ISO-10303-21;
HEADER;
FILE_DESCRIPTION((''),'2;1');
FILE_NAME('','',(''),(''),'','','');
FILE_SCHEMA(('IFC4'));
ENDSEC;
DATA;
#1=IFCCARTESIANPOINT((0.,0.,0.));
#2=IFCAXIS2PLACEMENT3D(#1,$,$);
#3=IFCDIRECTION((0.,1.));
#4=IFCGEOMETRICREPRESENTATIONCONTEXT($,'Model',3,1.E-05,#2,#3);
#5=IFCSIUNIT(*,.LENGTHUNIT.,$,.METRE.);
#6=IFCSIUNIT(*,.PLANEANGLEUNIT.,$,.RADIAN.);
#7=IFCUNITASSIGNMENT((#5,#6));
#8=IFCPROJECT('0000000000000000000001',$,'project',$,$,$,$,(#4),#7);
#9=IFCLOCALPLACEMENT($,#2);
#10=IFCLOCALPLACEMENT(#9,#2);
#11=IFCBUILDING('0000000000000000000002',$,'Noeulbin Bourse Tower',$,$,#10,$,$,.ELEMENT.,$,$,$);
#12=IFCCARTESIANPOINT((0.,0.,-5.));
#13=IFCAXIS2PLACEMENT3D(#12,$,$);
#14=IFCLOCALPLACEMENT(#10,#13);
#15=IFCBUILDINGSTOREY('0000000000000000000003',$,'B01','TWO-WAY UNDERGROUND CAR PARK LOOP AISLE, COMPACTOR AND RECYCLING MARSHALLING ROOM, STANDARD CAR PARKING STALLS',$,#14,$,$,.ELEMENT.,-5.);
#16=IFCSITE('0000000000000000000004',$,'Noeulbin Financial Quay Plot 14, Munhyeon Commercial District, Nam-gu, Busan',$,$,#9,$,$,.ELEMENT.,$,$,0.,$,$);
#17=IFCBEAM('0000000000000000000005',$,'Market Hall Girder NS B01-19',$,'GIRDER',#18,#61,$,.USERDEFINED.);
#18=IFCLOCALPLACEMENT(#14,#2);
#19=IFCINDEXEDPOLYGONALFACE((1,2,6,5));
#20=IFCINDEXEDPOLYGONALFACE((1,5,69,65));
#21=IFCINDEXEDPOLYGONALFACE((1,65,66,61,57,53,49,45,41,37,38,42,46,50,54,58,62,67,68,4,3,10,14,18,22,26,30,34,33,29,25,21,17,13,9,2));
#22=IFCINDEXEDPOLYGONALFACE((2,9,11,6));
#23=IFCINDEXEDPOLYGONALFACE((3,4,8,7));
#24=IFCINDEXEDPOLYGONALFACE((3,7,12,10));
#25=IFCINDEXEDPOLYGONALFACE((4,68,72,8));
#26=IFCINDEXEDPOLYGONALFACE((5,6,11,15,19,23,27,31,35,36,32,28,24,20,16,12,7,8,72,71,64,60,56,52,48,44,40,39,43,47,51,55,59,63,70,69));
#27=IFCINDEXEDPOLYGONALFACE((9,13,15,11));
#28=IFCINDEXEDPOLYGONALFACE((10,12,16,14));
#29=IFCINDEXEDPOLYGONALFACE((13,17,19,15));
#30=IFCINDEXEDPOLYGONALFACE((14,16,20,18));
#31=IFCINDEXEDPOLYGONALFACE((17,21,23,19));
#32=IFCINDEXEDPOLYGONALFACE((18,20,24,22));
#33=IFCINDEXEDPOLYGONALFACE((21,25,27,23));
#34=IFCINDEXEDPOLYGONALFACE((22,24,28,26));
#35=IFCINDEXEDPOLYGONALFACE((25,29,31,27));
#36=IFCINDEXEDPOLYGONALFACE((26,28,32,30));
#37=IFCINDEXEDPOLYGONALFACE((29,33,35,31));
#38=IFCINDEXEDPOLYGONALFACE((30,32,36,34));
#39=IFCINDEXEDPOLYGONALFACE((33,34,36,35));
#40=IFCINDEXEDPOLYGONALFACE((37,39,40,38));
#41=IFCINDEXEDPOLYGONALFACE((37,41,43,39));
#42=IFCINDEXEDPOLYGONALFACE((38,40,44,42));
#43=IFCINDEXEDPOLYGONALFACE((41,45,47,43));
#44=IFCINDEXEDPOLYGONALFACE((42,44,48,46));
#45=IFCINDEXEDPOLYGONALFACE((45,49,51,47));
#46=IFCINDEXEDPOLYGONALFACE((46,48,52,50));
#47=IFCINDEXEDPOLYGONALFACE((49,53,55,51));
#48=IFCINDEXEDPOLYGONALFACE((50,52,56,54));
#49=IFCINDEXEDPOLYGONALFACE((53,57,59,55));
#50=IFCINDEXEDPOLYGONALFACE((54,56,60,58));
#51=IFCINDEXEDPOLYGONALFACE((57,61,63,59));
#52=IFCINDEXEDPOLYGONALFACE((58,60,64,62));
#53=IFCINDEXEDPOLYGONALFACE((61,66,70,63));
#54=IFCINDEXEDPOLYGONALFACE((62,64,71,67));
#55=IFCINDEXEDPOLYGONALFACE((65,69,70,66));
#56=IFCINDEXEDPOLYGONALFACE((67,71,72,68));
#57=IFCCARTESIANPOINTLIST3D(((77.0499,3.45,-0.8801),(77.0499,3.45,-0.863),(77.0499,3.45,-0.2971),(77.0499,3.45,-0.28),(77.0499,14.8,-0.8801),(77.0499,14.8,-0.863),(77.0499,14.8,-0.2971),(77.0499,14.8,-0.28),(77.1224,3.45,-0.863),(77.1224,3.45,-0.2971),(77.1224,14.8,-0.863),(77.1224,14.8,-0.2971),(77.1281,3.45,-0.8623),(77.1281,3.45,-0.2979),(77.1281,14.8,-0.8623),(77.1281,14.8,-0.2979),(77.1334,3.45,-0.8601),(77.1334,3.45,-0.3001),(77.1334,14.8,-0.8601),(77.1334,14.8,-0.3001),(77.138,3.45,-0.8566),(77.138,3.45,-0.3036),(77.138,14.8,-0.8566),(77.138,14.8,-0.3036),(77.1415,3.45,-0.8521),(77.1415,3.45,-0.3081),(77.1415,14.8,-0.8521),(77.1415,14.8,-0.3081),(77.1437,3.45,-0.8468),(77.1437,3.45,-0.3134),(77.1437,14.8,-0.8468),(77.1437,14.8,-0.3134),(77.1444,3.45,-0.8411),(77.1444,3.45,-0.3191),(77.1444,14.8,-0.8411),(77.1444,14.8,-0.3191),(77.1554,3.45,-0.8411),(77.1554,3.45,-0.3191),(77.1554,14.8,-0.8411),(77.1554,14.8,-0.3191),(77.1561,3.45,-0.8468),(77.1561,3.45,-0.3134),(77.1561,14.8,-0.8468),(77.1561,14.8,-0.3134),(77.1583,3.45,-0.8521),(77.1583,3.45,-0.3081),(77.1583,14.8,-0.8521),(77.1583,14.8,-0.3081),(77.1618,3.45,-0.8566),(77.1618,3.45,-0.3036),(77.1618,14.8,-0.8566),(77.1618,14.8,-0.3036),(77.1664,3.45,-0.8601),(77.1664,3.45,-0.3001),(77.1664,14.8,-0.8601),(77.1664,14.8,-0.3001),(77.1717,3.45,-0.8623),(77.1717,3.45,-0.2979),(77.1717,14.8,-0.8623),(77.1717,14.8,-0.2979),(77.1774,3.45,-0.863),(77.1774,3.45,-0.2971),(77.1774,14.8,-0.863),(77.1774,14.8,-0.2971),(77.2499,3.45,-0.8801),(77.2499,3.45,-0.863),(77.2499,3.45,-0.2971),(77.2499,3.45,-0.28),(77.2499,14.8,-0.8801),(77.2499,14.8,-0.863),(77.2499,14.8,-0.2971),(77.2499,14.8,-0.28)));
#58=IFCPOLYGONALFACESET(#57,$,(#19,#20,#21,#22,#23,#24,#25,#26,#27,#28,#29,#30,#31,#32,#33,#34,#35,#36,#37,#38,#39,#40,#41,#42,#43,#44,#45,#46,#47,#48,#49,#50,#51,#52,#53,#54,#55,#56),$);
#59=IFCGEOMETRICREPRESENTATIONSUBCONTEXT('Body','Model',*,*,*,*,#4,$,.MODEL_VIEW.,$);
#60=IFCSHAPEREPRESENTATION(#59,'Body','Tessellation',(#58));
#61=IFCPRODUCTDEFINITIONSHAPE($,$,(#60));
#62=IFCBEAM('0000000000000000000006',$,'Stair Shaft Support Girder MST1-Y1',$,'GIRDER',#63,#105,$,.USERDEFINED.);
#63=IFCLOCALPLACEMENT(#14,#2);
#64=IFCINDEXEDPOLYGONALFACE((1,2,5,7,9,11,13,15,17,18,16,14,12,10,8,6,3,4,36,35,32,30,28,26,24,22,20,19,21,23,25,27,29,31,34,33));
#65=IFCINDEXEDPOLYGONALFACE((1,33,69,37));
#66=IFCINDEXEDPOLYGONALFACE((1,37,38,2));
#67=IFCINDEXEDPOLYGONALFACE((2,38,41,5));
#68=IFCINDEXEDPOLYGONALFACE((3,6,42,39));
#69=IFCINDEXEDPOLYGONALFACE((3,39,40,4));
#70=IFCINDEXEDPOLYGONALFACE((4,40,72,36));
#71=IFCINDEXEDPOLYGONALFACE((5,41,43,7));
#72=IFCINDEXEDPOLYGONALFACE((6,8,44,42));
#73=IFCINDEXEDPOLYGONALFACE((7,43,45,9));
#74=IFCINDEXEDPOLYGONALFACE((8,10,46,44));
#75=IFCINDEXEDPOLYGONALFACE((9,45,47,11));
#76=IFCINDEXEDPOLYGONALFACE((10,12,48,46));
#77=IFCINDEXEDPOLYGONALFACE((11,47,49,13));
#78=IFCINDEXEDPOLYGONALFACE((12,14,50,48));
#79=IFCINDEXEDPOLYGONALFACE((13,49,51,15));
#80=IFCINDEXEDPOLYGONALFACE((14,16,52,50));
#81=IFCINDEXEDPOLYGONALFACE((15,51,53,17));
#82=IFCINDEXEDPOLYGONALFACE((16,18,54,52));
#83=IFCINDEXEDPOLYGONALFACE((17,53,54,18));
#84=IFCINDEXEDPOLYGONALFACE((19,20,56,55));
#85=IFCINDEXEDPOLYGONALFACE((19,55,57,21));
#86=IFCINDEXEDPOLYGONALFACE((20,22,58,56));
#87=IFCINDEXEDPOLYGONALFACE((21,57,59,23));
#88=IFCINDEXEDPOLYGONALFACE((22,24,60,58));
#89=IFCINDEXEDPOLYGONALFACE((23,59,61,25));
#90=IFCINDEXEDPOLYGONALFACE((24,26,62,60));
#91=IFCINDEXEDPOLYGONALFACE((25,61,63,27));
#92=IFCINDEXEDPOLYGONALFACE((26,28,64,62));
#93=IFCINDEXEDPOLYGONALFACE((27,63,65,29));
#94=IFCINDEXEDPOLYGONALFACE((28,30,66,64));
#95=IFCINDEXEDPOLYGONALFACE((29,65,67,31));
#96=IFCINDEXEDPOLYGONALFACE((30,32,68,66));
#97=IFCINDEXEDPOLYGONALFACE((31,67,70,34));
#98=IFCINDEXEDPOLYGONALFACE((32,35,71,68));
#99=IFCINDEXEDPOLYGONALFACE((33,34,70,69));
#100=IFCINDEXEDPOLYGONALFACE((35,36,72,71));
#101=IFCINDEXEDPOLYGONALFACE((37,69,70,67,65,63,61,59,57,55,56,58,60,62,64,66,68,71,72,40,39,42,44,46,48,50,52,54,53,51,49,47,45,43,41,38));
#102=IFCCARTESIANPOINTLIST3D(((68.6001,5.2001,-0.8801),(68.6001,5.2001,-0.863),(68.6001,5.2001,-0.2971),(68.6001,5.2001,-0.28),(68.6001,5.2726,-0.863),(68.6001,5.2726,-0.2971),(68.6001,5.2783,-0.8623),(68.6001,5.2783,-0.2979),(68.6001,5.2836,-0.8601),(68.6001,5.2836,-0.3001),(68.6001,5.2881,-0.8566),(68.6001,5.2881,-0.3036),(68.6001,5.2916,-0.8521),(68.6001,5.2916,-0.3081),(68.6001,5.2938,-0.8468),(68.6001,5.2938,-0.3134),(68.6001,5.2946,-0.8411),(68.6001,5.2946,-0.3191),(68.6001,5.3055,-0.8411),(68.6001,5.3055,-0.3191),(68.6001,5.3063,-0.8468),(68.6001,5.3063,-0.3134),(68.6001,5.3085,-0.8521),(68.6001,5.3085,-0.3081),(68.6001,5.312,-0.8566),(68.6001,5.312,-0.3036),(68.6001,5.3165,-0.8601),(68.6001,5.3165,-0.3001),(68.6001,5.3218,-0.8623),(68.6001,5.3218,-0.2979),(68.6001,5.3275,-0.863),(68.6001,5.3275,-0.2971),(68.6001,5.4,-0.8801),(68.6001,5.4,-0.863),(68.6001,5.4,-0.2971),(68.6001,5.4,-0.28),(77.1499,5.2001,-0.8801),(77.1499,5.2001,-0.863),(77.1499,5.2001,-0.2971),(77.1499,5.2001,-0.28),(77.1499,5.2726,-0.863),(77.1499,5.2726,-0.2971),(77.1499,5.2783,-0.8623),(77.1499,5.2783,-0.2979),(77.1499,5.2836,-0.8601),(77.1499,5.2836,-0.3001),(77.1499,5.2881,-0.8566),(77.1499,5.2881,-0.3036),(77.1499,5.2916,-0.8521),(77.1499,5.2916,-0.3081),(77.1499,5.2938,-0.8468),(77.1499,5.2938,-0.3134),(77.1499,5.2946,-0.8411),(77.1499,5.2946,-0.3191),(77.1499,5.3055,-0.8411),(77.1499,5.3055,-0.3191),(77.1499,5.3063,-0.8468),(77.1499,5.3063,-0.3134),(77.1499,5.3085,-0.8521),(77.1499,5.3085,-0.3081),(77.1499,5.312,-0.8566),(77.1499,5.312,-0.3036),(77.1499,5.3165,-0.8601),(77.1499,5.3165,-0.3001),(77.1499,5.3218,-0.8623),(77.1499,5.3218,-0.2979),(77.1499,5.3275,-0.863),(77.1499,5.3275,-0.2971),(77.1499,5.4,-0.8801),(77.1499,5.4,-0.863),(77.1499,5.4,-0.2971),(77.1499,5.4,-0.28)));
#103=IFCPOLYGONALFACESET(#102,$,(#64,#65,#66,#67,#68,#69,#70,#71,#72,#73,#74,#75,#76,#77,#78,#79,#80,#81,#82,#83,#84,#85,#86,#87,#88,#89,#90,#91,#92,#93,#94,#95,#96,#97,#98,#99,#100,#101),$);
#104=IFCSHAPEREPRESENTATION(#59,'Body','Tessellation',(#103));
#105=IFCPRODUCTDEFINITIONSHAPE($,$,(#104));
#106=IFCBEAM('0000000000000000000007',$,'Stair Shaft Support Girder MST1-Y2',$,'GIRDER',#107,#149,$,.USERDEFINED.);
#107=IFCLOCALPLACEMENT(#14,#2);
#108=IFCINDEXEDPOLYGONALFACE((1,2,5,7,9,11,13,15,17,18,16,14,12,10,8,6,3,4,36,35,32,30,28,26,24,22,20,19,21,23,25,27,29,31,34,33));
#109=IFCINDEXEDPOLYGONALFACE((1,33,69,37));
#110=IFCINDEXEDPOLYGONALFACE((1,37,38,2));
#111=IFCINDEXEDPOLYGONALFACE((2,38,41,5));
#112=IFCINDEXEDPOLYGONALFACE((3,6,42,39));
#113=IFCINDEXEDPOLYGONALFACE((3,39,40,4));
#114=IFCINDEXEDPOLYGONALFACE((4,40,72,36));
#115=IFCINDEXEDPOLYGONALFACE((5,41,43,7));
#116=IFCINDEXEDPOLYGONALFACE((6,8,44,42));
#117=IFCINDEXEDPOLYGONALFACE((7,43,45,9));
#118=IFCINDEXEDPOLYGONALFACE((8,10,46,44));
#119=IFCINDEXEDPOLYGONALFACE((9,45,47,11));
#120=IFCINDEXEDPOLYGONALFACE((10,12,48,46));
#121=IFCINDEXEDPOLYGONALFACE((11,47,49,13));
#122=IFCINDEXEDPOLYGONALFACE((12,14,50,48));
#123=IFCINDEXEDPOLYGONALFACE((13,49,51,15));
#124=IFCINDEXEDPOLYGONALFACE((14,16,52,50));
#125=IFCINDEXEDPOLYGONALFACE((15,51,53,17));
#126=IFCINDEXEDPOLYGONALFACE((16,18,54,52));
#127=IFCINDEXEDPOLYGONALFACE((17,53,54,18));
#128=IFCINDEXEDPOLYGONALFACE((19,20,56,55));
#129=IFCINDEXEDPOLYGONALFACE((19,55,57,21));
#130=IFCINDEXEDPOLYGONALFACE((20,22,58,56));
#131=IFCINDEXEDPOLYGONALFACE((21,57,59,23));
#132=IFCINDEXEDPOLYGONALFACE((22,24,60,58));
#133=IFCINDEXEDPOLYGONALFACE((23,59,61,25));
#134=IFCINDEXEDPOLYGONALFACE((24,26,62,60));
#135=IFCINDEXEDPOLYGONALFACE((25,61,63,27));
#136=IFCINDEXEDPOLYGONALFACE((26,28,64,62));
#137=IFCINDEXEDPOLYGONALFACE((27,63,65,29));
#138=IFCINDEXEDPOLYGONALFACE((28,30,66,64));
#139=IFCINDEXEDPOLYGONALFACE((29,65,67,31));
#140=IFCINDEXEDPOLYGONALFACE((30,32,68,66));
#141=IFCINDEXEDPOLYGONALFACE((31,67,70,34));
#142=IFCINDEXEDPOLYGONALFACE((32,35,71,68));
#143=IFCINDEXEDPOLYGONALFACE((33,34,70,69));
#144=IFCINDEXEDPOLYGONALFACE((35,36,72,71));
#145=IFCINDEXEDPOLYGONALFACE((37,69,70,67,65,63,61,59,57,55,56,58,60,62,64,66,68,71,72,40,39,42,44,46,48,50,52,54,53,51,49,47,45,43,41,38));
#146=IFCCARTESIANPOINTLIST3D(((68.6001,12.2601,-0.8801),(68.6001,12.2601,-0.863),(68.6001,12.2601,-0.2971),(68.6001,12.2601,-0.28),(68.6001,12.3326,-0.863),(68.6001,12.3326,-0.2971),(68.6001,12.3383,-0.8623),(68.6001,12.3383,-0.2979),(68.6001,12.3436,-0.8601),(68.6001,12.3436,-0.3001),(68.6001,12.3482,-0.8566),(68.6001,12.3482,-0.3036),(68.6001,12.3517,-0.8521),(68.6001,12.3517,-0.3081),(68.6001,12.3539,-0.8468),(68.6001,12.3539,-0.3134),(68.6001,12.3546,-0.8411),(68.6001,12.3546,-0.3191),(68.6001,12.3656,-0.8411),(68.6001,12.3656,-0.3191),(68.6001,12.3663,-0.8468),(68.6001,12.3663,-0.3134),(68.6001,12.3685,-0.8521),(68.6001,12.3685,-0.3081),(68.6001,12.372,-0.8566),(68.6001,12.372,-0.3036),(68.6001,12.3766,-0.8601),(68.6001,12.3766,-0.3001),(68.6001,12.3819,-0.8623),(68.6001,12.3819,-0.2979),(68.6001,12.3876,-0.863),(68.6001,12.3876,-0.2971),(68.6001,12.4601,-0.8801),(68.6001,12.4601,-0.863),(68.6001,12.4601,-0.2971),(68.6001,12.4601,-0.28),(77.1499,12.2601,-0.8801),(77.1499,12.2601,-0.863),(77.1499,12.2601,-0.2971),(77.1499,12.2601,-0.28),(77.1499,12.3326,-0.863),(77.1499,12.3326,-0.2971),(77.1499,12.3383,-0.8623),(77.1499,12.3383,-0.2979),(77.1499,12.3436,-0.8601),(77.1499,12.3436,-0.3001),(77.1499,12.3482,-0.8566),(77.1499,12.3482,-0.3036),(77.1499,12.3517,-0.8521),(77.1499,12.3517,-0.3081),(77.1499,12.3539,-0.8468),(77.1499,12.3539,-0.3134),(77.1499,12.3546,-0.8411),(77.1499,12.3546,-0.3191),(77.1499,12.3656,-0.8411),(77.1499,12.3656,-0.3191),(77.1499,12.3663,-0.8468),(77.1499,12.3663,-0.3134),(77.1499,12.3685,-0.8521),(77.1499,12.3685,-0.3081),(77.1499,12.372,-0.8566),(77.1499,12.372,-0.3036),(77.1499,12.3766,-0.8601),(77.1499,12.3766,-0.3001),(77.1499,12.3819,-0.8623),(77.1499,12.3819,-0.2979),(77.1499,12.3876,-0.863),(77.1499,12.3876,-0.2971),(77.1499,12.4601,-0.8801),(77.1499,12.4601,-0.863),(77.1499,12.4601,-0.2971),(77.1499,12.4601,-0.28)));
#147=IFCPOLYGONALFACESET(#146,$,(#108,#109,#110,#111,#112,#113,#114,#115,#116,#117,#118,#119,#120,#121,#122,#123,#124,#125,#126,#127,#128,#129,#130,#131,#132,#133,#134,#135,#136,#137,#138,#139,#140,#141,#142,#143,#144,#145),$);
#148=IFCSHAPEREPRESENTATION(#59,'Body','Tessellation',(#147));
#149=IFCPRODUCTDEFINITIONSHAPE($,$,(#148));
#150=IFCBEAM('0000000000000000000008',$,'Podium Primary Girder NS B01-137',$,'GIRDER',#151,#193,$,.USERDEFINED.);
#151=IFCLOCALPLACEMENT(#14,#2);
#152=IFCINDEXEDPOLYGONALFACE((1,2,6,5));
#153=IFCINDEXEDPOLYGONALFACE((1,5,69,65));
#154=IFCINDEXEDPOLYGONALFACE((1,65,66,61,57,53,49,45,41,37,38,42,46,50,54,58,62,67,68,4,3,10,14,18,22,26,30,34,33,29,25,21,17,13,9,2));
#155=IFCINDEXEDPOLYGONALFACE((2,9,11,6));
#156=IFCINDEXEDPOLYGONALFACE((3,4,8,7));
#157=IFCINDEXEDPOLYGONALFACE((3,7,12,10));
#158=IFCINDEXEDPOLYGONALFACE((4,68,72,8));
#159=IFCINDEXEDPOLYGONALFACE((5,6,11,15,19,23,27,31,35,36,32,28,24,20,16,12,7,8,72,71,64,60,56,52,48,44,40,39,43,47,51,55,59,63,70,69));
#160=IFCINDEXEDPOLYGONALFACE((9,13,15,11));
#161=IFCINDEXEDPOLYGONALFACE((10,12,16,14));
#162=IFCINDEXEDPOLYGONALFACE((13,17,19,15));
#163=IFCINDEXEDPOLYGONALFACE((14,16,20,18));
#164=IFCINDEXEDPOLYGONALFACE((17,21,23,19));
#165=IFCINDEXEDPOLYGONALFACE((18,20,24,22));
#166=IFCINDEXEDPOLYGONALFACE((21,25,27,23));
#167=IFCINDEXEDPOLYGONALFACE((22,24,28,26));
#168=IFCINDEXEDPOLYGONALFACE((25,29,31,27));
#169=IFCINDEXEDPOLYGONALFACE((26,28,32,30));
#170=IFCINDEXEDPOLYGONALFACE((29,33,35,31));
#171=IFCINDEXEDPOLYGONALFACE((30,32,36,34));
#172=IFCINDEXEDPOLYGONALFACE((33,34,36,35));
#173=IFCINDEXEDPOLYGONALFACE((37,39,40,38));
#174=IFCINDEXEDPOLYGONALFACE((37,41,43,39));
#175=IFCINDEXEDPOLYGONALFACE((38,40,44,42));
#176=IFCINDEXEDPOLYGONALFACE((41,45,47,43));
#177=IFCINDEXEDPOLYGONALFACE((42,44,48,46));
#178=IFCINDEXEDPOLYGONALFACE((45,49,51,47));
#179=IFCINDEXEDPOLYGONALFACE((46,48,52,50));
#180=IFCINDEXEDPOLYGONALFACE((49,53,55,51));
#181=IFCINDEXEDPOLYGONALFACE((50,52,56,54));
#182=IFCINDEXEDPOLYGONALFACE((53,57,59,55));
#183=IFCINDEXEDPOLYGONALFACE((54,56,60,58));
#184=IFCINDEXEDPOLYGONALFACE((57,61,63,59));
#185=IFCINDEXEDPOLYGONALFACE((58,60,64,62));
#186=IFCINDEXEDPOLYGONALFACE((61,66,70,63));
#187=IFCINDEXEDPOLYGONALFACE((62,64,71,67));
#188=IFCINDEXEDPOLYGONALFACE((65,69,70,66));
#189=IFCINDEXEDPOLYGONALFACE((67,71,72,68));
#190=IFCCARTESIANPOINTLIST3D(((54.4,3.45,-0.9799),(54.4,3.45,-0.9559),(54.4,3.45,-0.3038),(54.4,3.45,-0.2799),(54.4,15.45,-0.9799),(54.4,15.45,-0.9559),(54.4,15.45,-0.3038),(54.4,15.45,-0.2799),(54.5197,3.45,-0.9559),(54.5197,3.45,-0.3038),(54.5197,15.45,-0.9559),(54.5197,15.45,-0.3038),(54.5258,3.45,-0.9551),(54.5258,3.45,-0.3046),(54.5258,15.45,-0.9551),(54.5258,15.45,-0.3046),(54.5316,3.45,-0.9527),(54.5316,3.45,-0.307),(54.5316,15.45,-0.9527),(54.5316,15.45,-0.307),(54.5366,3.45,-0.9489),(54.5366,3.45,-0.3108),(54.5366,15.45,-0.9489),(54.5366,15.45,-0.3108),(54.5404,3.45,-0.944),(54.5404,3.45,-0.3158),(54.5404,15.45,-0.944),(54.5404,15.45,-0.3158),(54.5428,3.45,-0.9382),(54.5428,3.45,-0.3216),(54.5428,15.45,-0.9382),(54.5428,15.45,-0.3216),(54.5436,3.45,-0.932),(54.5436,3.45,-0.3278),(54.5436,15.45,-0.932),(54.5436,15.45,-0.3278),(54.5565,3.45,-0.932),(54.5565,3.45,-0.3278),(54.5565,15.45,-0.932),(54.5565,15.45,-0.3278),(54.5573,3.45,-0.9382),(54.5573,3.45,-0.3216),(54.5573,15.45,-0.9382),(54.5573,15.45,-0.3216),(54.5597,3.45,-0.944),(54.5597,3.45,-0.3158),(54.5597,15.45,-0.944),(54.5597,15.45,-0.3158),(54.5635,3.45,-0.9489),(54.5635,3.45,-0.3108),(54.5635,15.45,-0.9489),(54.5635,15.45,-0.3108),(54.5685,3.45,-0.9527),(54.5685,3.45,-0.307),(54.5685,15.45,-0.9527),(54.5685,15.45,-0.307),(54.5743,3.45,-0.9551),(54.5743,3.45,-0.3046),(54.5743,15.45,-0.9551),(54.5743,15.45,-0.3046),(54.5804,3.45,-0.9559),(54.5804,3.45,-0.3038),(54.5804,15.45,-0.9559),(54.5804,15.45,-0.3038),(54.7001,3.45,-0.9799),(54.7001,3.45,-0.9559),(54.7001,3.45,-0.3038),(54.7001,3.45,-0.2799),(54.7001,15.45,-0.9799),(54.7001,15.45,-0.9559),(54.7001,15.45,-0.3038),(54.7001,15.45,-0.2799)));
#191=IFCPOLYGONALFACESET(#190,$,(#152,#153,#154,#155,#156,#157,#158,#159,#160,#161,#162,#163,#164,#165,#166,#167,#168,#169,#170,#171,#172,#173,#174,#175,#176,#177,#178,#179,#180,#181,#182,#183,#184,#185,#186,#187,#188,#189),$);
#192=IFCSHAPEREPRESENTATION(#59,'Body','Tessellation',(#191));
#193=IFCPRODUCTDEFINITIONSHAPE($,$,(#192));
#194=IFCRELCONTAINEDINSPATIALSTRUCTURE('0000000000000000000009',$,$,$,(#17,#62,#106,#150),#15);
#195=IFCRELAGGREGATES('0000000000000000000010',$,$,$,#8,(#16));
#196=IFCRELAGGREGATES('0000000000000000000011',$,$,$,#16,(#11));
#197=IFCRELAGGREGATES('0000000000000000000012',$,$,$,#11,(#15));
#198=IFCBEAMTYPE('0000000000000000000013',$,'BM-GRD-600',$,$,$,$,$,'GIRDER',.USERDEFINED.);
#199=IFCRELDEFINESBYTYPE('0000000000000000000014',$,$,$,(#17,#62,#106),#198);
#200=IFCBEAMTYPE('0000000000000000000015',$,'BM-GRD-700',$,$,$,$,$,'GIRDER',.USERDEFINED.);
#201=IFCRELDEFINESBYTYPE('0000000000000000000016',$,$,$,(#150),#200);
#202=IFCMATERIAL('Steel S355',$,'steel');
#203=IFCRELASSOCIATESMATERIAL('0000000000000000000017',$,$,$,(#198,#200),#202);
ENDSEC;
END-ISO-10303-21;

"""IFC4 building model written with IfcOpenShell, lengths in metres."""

from ifc_helpers import new_model, si_unit, direction, frame, origin, origin_2d, place, context, subcontext, project, spatial, i_section, extrude, material, material_profile, profile_set, type_object, element, save


model = new_model("IFC4")

# Units and contexts
model_context = context("Model", 3, precision=1e-05, world=origin(), true_north=direction((0.0, 1.0)))
body_context = subcontext(model_context, "Body", "Model", "MODEL_VIEW")
ifc_project = project(units=[si_unit("LENGTHUNIT", "METRE"), si_unit("PLANEANGLEUNIT", "RADIAN")], contexts=[model_context])

# Site, building, storey
site_placement = place(None, origin())
site = spatial("IfcSite", under=ifc_project, at=site_placement, Name="Noeulbin Financial Quay Plot 14, Munhyeon Commercial District, Nam-gu, Busan", CompositionType="ELEMENT", RefElevation=0.0)
building_placement = place(site_placement, origin())
building = spatial("IfcBuilding", under=site, at=building_placement, Name="Noeulbin Bourse Tower", CompositionType="ELEMENT")
storey_placement = place(building_placement, frame((0.0, 0.0, -5.0)))
storey = spatial("IfcBuildingStorey", under=building, at=storey_placement, Name="B01", Description="TWO-WAY UNDERGROUND CAR PARK LOOP AISLE, COMPACTOR AND RECYCLING MARSHALLING ROOM, STANDARD CAR PARKING STALLS", CompositionType="ELEMENT", Elevation=-5.0)

# Beams
ifc_material_1 = material(Name="Steel S355", Category="steel")
ifc_material_profile_1 = material_profile(ifc_material_1, i_section(OverallWidth=0.2, OverallDepth=0.6001, WebThickness=0.011, FlangeThickness=0.0171, FilletRadius=0.022, at=origin_2d()), Name="H-600x200x11x17", Category="LoadBearing")
ifc_profile_set_1 = profile_set([ifc_material_profile_1], Name="Steel S355")
beam_type_1 = type_object("IfcBeamType", Name="BM-GRD-600", ElementType="GIRDER", PredefinedType="USERDEFINED", material=ifc_profile_set_1)
for number, where, z_axis, x_axis, name in (
    (1, (77.1499, 3.45, -0.5801), (0.0, 1.0, 0.0), (-1.0, 0.0, 0.0), "Market Hall Girder NS B01-19"),
):
    element("IfcBeam", number, at=place(storey_placement, frame(where, z_axis=z_axis, x_axis=x_axis)), inside=storey, type_object=beam_type_1, Name=name, ObjectType="GIRDER", PredefinedType="USERDEFINED", context=body_context, shape_type="SweptSolid", body=[
        extrude(i_section(OverallWidth=0.2, OverallDepth=0.6001, WebThickness=0.011, FlangeThickness=0.0171, FilletRadius=0.022, at=origin_2d()), origin(), (0.0, 0.0, 1.0), 11.3501),
    ])
for number, where, z_axis, x_axis, name in (
    (2, (68.6001, 5.3, -0.5801), (1.0, 0.0, 0.0), (0.0, 1.0, 0.0), "Stair Shaft Support Girder MST1-Y1"),
    (3, (68.6001, 12.3601, -0.5801), (1.0, 0.0, 0.0), (0.0, 1.0, 0.0), "Stair Shaft Support Girder MST1-Y2"),
):
    element("IfcBeam", number, at=place(storey_placement, frame(where, z_axis=z_axis, x_axis=x_axis)), inside=storey, type_object=beam_type_1, Name=name, ObjectType="GIRDER", PredefinedType="USERDEFINED", context=body_context, shape_type="SweptSolid", body=[
        extrude(i_section(OverallWidth=0.2, OverallDepth=0.6001, WebThickness=0.011, FlangeThickness=0.0171, FilletRadius=0.022, at=origin_2d()), origin(), (0.0, 0.0, 1.0), 8.5498),
    ])
ifc_material_profile_2 = material_profile(ifc_material_1, i_section(OverallWidth=0.3, OverallDepth=0.7, WebThickness=0.0129, FlangeThickness=0.0239, FilletRadius=0.0239, at=origin_2d()), Name="H-700x300x13x24", Category="LoadBearing")
ifc_profile_set_2 = profile_set([ifc_material_profile_2], Name="Steel S355")
beam_type_2 = type_object("IfcBeamType", Name="BM-GRD-700", ElementType="GIRDER", PredefinedType="USERDEFINED", material=ifc_profile_set_2)
beam_1_placement = place(storey_placement, frame((54.55, 3.45, -0.6299), z_axis=(0.0, 1.0, 0.0), x_axis=(-1.0, 0.0, 0.0)))
element("IfcBeam", 4, at=beam_1_placement, inside=storey, type_object=beam_type_2, Name="Podium Primary Girder NS B01-137", ObjectType="GIRDER", PredefinedType="USERDEFINED", context=body_context, shape_type="SweptSolid", body=[
    extrude(i_section(OverallWidth=0.3, OverallDepth=0.7, WebThickness=0.0129, FlangeThickness=0.0239, FilletRadius=0.0239, at=origin_2d()), origin(), (0.0, 0.0, 1.0), 12.0),
])

save(model, "model.ifc")
